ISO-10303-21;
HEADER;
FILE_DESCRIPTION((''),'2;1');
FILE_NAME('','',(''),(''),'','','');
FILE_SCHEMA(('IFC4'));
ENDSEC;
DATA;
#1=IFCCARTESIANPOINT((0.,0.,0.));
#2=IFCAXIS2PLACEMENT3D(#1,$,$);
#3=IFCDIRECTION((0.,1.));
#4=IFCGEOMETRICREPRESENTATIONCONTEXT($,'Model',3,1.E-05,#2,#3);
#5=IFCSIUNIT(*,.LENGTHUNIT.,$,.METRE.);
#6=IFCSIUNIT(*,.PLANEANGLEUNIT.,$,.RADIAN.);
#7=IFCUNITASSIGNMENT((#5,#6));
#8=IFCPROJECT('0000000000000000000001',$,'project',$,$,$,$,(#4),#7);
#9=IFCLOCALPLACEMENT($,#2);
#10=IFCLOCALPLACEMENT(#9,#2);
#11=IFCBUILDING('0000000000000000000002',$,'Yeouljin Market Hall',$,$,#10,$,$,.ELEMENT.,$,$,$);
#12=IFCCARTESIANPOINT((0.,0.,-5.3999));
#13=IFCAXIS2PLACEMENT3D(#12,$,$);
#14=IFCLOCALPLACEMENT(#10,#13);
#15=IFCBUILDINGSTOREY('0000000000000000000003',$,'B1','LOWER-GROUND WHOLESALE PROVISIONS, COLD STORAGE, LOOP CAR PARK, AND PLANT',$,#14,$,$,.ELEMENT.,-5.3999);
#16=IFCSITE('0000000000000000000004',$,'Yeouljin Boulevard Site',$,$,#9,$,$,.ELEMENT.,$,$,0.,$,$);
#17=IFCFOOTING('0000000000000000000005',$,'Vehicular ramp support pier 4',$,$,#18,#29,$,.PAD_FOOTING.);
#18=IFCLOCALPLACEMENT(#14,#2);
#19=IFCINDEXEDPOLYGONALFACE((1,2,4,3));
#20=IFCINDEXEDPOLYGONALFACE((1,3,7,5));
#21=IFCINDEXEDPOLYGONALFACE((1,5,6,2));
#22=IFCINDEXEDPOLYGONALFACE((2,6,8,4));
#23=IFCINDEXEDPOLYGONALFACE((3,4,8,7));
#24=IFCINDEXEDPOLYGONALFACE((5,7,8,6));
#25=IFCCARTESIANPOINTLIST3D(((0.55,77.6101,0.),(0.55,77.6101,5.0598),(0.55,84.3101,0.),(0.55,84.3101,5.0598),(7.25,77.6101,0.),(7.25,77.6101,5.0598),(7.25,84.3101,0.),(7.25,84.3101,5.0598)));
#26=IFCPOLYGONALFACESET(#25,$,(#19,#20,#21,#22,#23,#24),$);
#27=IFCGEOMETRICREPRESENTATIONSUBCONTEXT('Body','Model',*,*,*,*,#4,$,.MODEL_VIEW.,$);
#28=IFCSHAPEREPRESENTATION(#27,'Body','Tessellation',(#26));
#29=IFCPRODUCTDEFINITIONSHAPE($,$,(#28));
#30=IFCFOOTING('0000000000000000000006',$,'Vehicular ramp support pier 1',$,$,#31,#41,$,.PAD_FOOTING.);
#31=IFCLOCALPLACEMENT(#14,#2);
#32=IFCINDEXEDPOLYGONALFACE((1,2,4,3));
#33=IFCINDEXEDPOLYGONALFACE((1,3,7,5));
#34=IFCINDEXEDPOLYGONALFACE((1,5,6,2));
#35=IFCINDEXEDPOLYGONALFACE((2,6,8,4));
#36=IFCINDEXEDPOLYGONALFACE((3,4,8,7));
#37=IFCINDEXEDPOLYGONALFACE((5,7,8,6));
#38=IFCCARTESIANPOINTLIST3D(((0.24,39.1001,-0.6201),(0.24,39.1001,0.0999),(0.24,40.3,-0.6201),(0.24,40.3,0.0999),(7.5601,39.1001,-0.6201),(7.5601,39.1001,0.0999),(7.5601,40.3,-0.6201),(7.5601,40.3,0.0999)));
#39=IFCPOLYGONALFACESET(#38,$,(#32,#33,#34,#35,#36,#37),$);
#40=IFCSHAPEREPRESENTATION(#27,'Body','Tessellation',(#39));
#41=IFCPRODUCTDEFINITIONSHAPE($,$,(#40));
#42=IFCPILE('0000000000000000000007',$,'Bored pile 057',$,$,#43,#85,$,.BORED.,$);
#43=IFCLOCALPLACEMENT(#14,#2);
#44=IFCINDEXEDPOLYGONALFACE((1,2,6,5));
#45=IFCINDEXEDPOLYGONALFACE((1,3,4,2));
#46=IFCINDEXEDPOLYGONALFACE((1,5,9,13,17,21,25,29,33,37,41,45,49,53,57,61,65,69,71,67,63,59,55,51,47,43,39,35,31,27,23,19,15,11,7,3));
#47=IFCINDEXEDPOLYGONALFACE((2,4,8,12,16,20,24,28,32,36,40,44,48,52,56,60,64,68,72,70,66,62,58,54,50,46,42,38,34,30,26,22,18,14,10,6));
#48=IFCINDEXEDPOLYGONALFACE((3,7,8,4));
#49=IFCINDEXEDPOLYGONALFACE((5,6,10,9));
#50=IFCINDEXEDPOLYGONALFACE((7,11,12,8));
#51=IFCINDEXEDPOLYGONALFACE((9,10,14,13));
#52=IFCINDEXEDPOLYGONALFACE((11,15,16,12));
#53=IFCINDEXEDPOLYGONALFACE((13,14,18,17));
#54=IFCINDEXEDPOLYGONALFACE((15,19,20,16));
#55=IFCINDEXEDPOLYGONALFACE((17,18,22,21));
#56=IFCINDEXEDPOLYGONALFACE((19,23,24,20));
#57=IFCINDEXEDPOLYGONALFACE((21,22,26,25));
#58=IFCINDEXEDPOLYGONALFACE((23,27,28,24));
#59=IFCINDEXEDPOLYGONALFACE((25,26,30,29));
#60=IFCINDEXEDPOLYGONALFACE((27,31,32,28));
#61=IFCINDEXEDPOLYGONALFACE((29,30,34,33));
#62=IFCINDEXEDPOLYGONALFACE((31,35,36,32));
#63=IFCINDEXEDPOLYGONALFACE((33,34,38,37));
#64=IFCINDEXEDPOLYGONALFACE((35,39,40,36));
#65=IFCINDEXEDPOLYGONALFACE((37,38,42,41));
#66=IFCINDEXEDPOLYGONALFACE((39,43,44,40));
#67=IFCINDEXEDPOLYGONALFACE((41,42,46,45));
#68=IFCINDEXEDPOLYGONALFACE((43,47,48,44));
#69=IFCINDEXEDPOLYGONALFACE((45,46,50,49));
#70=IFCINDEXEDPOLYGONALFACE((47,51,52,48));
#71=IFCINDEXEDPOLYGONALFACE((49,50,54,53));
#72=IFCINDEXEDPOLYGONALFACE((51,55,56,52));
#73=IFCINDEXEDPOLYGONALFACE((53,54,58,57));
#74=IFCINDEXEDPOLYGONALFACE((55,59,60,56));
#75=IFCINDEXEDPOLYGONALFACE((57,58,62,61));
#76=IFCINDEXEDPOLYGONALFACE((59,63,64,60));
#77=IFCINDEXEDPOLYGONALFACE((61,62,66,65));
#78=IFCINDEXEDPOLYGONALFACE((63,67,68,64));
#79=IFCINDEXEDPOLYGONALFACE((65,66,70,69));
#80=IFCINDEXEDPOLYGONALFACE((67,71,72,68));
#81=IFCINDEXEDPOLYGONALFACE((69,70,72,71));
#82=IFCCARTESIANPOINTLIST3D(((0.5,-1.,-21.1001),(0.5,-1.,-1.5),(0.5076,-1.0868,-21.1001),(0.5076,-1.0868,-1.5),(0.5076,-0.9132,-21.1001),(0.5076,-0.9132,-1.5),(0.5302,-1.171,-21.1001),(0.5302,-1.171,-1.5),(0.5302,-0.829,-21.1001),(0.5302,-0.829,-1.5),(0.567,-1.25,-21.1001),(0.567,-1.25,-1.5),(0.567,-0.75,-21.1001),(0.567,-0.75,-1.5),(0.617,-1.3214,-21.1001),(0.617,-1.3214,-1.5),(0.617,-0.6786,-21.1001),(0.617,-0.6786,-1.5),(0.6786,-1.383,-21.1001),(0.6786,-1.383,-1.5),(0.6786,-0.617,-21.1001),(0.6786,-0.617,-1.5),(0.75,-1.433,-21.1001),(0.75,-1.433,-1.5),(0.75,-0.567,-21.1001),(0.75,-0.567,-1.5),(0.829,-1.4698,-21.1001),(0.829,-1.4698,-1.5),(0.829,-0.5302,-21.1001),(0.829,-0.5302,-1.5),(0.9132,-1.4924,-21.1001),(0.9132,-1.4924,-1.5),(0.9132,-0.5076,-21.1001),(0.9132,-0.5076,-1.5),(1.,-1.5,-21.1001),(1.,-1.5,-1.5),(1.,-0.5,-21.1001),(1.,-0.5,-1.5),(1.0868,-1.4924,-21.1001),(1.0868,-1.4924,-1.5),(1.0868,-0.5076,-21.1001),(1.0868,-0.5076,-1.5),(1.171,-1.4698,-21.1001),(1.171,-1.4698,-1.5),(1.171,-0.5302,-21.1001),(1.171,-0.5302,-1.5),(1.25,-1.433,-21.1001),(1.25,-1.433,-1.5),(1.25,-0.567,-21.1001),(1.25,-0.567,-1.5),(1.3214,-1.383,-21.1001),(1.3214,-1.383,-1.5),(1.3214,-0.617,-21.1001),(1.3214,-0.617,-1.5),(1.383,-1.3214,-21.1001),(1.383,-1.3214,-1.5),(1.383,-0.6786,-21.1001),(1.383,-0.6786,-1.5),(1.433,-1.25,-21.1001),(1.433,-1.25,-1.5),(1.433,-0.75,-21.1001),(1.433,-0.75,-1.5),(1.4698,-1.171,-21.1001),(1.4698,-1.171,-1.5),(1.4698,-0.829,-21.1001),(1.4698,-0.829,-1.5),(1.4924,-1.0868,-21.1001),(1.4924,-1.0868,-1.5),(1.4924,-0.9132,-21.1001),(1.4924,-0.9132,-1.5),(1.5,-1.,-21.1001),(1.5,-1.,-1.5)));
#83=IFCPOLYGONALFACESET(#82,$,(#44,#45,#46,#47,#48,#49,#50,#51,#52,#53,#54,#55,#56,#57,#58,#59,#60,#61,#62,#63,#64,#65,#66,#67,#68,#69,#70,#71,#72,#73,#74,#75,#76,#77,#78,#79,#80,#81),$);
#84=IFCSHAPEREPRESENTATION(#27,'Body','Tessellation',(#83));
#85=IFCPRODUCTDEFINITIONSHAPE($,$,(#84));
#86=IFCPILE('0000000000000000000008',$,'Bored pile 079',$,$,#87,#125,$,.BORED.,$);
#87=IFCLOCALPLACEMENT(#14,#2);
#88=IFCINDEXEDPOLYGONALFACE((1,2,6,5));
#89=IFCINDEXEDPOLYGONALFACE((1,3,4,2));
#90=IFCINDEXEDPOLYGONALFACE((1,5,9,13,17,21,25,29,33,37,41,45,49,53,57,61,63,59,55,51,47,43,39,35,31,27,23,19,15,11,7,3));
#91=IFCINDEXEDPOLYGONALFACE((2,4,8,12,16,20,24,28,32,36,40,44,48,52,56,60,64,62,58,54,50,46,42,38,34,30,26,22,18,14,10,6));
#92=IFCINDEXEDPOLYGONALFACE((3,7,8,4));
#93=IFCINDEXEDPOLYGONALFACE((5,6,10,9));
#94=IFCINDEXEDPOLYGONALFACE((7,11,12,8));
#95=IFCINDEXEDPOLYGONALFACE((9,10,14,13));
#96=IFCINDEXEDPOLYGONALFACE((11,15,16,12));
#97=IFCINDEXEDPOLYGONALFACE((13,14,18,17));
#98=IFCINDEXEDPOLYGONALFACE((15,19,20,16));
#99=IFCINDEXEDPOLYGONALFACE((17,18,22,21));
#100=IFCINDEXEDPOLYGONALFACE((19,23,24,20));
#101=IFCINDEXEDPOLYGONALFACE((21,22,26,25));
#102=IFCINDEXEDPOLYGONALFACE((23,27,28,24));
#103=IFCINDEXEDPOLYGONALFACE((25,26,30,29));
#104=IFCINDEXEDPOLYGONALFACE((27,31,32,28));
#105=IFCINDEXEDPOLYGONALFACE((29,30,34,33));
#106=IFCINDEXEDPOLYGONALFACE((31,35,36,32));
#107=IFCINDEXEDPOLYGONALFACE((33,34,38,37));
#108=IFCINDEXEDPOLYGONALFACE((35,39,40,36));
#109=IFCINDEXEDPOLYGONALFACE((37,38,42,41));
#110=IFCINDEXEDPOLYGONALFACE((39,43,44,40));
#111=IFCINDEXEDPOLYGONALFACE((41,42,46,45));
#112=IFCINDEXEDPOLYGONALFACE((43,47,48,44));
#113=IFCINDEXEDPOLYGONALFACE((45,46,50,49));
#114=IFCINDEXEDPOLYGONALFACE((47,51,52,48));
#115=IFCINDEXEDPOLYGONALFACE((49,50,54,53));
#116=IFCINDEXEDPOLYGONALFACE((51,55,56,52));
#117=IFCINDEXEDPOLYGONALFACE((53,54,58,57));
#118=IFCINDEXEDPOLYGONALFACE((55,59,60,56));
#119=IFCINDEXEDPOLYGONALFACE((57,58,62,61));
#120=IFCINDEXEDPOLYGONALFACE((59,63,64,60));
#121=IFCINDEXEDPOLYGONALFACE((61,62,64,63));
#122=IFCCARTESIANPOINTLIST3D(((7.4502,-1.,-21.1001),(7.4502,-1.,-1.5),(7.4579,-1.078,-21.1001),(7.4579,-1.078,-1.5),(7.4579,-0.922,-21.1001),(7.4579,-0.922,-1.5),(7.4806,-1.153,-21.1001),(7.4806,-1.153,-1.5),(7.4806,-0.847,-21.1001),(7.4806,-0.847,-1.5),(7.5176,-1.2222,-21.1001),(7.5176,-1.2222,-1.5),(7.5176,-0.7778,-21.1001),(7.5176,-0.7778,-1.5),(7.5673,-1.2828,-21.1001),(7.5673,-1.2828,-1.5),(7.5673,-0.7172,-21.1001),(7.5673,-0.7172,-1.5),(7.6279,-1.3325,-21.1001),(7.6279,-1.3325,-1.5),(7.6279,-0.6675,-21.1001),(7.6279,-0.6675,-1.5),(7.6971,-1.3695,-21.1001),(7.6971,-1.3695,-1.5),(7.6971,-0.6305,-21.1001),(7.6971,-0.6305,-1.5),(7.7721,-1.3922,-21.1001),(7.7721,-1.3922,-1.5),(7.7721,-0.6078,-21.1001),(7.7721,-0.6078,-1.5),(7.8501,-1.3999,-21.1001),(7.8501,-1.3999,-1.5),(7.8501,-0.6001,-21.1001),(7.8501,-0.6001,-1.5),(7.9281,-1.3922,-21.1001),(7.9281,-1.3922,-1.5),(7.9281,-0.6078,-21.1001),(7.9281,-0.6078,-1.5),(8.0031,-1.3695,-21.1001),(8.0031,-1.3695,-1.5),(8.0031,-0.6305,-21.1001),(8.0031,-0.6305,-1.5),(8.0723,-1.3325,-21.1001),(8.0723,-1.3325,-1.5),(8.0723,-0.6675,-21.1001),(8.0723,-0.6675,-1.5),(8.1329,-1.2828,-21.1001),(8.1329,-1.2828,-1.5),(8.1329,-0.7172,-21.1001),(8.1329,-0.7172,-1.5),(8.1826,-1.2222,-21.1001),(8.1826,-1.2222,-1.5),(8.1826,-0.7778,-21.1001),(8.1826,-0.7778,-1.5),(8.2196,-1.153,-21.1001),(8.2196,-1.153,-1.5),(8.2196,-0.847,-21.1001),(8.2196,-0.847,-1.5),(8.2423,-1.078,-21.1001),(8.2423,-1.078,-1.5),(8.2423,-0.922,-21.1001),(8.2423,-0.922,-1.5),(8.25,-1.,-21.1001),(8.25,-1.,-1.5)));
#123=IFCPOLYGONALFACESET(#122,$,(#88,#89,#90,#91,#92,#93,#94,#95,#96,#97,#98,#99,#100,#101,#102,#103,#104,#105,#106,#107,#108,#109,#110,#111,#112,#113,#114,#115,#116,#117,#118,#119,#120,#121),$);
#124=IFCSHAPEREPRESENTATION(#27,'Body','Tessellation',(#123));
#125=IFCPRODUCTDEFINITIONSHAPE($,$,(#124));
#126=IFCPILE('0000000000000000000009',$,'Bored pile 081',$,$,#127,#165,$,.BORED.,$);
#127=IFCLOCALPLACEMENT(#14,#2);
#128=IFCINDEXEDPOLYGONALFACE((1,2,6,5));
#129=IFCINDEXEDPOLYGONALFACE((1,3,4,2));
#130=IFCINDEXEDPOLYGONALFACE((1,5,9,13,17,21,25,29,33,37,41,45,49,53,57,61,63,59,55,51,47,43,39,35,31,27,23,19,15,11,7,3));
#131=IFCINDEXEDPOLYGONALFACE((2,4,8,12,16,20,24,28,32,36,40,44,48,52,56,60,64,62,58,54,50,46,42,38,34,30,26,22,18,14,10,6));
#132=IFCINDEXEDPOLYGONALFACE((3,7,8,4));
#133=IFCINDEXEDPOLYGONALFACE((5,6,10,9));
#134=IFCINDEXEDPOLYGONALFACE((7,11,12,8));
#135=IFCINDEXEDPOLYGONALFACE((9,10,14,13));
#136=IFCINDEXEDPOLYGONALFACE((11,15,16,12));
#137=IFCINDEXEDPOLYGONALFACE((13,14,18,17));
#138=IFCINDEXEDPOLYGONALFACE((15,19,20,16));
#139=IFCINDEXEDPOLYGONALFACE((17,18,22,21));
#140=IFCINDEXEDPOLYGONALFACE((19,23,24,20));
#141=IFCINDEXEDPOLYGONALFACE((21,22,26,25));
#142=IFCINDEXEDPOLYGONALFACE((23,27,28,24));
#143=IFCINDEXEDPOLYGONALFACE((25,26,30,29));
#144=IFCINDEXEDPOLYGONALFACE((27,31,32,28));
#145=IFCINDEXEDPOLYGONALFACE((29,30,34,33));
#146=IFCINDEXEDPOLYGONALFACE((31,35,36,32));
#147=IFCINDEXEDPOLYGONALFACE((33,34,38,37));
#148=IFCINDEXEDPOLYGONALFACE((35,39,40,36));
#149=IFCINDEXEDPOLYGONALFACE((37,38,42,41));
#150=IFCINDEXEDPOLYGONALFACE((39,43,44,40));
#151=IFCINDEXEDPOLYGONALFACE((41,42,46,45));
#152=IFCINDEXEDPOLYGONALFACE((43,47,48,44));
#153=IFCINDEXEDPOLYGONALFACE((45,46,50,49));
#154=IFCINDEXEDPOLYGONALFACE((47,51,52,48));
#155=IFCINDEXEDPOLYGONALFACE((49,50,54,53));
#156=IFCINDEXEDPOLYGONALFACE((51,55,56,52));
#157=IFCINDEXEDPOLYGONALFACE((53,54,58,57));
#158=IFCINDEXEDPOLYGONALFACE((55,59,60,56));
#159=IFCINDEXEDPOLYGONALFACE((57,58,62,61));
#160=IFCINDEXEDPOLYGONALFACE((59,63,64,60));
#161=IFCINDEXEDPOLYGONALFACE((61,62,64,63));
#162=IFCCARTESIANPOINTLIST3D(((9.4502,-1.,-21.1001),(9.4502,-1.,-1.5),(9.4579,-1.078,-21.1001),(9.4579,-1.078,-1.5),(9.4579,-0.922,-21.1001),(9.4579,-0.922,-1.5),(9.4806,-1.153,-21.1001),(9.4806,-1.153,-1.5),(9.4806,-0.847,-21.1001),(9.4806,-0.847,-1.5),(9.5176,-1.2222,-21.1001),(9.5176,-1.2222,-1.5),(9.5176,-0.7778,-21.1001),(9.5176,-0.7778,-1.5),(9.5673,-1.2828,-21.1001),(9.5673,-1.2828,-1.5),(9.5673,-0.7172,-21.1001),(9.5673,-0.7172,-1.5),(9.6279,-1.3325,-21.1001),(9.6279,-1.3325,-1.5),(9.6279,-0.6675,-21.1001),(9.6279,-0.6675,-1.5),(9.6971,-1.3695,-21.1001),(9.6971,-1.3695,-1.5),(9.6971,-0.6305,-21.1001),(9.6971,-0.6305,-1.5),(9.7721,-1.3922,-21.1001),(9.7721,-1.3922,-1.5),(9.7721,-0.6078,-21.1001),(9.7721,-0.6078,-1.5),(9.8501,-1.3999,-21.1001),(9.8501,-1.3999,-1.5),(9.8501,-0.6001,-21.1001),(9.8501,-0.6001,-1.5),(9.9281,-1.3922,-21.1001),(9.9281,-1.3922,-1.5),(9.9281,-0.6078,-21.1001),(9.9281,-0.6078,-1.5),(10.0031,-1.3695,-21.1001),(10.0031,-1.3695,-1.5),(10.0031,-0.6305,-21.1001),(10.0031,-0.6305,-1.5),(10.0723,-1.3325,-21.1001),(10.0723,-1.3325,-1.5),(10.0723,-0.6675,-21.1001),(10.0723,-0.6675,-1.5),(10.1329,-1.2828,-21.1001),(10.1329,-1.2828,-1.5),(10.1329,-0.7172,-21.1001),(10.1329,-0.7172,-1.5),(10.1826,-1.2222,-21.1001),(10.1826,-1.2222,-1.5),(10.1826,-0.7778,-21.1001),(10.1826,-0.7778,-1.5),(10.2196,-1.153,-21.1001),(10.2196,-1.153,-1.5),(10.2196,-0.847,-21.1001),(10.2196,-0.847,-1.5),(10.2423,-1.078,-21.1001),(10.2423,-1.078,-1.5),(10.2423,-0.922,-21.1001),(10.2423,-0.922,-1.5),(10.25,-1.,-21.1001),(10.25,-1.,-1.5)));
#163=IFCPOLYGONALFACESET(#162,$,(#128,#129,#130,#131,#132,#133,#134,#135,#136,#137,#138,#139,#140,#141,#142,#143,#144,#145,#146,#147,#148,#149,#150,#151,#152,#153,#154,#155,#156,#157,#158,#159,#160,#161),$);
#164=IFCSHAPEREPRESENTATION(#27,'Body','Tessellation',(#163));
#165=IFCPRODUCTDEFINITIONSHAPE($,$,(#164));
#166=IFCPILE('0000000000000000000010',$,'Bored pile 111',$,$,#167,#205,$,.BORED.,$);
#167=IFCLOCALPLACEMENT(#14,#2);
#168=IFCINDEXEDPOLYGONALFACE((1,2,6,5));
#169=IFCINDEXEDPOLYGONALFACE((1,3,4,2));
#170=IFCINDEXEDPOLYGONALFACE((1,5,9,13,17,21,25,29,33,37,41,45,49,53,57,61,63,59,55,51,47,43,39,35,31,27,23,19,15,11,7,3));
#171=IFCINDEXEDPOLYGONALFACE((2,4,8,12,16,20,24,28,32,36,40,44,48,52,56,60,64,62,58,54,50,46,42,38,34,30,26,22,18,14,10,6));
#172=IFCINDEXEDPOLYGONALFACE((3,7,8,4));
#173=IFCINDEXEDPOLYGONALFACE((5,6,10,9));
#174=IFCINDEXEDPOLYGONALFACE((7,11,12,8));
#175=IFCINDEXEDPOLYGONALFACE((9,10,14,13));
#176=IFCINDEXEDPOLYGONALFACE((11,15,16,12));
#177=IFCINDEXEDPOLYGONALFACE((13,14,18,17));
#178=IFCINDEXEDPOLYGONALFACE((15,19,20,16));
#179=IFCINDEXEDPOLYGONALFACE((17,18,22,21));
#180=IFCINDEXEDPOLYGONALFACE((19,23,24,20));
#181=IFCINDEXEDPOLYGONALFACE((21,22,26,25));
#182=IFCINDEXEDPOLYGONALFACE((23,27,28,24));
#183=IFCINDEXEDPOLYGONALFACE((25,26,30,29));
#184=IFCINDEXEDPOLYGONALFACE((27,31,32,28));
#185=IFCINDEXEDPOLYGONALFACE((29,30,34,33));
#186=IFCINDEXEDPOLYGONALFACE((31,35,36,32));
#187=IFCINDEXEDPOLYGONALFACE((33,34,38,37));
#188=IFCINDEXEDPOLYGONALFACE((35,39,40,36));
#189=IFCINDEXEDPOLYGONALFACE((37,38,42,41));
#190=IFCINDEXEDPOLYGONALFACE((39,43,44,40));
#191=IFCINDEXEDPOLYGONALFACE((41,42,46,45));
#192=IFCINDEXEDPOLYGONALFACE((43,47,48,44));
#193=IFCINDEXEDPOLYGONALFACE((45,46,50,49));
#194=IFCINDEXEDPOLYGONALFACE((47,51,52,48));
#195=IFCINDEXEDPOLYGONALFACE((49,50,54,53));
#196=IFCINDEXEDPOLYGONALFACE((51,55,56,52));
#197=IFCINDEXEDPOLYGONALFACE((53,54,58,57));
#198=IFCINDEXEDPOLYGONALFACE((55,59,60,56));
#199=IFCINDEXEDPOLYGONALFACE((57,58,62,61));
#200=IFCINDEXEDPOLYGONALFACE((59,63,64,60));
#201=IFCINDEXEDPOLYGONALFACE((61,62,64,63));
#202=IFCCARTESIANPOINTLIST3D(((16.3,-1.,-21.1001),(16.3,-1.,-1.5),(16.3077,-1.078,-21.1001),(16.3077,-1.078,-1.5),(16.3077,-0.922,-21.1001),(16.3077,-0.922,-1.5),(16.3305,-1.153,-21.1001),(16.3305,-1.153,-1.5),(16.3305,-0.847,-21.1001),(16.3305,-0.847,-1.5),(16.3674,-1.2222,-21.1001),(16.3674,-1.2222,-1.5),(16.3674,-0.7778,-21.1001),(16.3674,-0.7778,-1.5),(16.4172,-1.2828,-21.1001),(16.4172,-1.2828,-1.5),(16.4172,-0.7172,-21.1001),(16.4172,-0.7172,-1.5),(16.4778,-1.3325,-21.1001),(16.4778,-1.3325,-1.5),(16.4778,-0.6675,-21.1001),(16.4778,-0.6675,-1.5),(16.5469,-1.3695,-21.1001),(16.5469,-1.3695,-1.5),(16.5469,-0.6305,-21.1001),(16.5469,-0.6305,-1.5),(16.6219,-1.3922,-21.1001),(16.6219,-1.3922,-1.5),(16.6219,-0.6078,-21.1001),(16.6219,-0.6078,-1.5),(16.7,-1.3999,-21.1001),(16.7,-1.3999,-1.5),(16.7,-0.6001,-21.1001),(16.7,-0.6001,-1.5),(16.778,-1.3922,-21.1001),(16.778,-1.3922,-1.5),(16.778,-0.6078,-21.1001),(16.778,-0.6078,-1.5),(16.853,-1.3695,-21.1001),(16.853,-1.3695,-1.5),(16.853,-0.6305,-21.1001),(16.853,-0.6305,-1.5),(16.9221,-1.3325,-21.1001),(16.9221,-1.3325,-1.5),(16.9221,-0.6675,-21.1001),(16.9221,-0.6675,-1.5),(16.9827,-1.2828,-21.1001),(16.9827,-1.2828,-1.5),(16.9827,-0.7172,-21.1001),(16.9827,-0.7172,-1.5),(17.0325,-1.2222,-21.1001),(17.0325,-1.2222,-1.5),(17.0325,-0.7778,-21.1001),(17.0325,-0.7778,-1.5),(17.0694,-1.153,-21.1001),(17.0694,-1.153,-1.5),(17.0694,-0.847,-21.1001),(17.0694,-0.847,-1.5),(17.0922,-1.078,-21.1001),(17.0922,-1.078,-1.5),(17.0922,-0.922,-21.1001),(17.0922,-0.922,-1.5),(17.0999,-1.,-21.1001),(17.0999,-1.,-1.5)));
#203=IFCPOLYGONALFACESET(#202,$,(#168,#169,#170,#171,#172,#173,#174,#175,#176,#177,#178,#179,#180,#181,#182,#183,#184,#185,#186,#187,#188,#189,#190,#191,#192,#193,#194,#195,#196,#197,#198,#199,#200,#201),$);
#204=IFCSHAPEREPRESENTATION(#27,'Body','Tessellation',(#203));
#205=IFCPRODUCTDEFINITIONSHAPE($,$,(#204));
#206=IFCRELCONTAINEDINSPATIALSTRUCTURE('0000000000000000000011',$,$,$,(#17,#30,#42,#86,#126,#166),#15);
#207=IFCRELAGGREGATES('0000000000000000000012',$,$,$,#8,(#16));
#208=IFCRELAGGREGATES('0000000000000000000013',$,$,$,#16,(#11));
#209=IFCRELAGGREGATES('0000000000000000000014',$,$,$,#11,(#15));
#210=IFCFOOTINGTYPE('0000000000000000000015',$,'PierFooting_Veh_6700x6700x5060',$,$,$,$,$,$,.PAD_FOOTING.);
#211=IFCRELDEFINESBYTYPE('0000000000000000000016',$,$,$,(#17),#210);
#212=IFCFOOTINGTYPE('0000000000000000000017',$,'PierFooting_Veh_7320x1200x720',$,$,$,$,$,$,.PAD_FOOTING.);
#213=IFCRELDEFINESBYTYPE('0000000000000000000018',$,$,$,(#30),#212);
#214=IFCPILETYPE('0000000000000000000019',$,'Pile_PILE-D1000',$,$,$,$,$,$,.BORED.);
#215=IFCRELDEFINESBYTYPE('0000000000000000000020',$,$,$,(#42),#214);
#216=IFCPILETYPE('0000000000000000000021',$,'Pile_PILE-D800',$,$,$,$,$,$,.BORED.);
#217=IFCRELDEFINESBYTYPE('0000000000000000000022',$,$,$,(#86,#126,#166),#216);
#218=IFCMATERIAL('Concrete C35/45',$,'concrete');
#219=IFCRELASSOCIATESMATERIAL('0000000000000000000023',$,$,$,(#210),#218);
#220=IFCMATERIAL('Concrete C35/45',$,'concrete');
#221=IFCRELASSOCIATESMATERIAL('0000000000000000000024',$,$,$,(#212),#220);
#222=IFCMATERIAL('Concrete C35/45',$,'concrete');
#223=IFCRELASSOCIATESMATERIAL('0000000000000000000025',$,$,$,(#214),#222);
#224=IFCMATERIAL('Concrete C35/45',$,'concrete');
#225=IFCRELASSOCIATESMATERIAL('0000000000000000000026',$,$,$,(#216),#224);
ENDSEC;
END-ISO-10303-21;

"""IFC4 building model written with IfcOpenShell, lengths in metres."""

from ifc_helpers import new_model, si_unit, direction, frame, origin, origin_2d, place, context, subcontext, project, spatial, polyline, circle, outline, extrude, material, material_profile, profile_set, type_object, element, save


model = new_model("IFC4")

# Units and contexts
model_context = context("Model", 3, precision=1e-05, world=origin(), true_north=direction((0.0, 1.0)))
body_context = subcontext(model_context, "Body", "Model", "MODEL_VIEW")
ifc_project = project(units=[si_unit("LENGTHUNIT", "METRE"), si_unit("PLANEANGLEUNIT", "RADIAN")], contexts=[model_context])

# Site, building, storey
site_placement = place(None, origin())
site = spatial("IfcSite", under=ifc_project, at=site_placement, Name="Yeouljin Boulevard Site", CompositionType="ELEMENT", RefElevation=0.0)
building_placement = place(site_placement, origin())
building = spatial("IfcBuilding", under=site, at=building_placement, Name="Yeouljin Market Hall", CompositionType="ELEMENT")
storey_placement = place(building_placement, frame((0.0, 0.0, -5.3999)))
storey = spatial("IfcBuildingStorey", under=building, at=storey_placement, Name="B1", Description="LOWER-GROUND WHOLESALE PROVISIONS, COLD STORAGE, LOOP CAR PARK, AND PLANT", CompositionType="ELEMENT", Elevation=-5.3999)

# Footings
ifc_material_1 = material(Name="Concrete C35/45", Category="concrete")
footing_type_1 = type_object("IfcFootingType", Name="PierFooting_Veh_6700x6700x5060", PredefinedType="PAD_FOOTING", material=ifc_material_1)
footing_1_placement = place(storey_placement, origin())
element("IfcFooting", 1, at=footing_1_placement, inside=storey, type_object=footing_type_1, Name="Vehicular ramp support pier 4", PredefinedType="PAD_FOOTING", context=body_context, shape_type="SweptSolid", body=[
    extrude(outline(polyline([(0.55, 77.6101), (7.25, 77.6101), (7.25, 84.3101), (0.55, 84.3101), (0.55, 77.6101)])), origin(), (0.0, 0.0, 1.0), 5.0598),
])
ifc_material_2 = material(Name="Concrete C35/45", Category="concrete")
footing_type_2 = type_object("IfcFootingType", Name="PierFooting_Veh_7320x1200x720", PredefinedType="PAD_FOOTING", material=ifc_material_2)
footing_2_placement = place(storey_placement, frame((0.0, 0.0, -0.6201)))
element("IfcFooting", 2, at=footing_2_placement, inside=storey, type_object=footing_type_2, Name="Vehicular ramp support pier 1", PredefinedType="PAD_FOOTING", context=body_context, shape_type="SweptSolid", body=[
    extrude(outline(polyline([(0.24, 39.1001), (7.5601, 39.1001), (7.5601, 40.3), (0.24, 40.3), (0.24, 39.1001)])), origin(), (0.0, 0.0, 1.0), 0.72),
])

# Piles
ifc_material_3 = material(Name="Concrete C35/45", Category="concrete")
ifc_material_profile_1 = material_profile(ifc_material_3, circle(Radius=0.5, at=origin_2d()), Name="PILE-D1000")
ifc_profile_set_1 = profile_set([ifc_material_profile_1], Name="Concrete C35/45")
pile_type_1 = type_object("IfcPileType", Name="Pile_PILE-D1000", PredefinedType="BORED", material=ifc_profile_set_1)
pile_placement = place(storey_placement, frame((1.0, -1.0, -1.5), z_axis=(0.0, 0.0, -1.0), x_axis=(1.0, 0.0, 0.0)))
element("IfcPile", 3, at=pile_placement, inside=storey, type_object=pile_type_1, Name="Bored pile 057", PredefinedType="BORED", context=body_context, shape_type="SweptSolid", body=[
    extrude(circle(Radius=0.5, at=origin_2d()), origin(), (0.0, 0.0, 1.0), 19.6001),
])
ifc_material_4 = material(Name="Concrete C35/45", Category="concrete")
ifc_material_profile_2 = material_profile(ifc_material_4, circle(Radius=0.3999, at=origin_2d()), Name="PILE-D800")
ifc_profile_set_2 = profile_set([ifc_material_profile_2], Name="Concrete C35/45")
pile_type_2 = type_object("IfcPileType", Name="Pile_PILE-D800", PredefinedType="BORED", material=ifc_profile_set_2)
for number, where, z_axis, x_axis, name in (
    (4, (7.8501, -1.0, -1.5), (0.0, 0.0, -1.0), (1.0, 0.0, 0.0), "Bored pile 079"),
    (5, (9.8501, -1.0, -1.5), (0.0, 0.0, -1.0), (1.0, 0.0, 0.0), "Bored pile 081"),
    (6, (16.7, -1.0, -1.5), (0.0, 0.0, -1.0), (1.0, 0.0, 0.0), "Bored pile 111"),
):
    element("IfcPile", number, at=place(storey_placement, frame(where, z_axis=z_axis, x_axis=x_axis)), inside=storey, type_object=pile_type_2, Name=name, PredefinedType="BORED", context=body_context, shape_type="SweptSolid", body=[
        extrude(circle(Radius=0.3999, at=origin_2d()), origin(), (0.0, 0.0, 1.0), 19.6001),
    ])

save(model, "model.ifc")
